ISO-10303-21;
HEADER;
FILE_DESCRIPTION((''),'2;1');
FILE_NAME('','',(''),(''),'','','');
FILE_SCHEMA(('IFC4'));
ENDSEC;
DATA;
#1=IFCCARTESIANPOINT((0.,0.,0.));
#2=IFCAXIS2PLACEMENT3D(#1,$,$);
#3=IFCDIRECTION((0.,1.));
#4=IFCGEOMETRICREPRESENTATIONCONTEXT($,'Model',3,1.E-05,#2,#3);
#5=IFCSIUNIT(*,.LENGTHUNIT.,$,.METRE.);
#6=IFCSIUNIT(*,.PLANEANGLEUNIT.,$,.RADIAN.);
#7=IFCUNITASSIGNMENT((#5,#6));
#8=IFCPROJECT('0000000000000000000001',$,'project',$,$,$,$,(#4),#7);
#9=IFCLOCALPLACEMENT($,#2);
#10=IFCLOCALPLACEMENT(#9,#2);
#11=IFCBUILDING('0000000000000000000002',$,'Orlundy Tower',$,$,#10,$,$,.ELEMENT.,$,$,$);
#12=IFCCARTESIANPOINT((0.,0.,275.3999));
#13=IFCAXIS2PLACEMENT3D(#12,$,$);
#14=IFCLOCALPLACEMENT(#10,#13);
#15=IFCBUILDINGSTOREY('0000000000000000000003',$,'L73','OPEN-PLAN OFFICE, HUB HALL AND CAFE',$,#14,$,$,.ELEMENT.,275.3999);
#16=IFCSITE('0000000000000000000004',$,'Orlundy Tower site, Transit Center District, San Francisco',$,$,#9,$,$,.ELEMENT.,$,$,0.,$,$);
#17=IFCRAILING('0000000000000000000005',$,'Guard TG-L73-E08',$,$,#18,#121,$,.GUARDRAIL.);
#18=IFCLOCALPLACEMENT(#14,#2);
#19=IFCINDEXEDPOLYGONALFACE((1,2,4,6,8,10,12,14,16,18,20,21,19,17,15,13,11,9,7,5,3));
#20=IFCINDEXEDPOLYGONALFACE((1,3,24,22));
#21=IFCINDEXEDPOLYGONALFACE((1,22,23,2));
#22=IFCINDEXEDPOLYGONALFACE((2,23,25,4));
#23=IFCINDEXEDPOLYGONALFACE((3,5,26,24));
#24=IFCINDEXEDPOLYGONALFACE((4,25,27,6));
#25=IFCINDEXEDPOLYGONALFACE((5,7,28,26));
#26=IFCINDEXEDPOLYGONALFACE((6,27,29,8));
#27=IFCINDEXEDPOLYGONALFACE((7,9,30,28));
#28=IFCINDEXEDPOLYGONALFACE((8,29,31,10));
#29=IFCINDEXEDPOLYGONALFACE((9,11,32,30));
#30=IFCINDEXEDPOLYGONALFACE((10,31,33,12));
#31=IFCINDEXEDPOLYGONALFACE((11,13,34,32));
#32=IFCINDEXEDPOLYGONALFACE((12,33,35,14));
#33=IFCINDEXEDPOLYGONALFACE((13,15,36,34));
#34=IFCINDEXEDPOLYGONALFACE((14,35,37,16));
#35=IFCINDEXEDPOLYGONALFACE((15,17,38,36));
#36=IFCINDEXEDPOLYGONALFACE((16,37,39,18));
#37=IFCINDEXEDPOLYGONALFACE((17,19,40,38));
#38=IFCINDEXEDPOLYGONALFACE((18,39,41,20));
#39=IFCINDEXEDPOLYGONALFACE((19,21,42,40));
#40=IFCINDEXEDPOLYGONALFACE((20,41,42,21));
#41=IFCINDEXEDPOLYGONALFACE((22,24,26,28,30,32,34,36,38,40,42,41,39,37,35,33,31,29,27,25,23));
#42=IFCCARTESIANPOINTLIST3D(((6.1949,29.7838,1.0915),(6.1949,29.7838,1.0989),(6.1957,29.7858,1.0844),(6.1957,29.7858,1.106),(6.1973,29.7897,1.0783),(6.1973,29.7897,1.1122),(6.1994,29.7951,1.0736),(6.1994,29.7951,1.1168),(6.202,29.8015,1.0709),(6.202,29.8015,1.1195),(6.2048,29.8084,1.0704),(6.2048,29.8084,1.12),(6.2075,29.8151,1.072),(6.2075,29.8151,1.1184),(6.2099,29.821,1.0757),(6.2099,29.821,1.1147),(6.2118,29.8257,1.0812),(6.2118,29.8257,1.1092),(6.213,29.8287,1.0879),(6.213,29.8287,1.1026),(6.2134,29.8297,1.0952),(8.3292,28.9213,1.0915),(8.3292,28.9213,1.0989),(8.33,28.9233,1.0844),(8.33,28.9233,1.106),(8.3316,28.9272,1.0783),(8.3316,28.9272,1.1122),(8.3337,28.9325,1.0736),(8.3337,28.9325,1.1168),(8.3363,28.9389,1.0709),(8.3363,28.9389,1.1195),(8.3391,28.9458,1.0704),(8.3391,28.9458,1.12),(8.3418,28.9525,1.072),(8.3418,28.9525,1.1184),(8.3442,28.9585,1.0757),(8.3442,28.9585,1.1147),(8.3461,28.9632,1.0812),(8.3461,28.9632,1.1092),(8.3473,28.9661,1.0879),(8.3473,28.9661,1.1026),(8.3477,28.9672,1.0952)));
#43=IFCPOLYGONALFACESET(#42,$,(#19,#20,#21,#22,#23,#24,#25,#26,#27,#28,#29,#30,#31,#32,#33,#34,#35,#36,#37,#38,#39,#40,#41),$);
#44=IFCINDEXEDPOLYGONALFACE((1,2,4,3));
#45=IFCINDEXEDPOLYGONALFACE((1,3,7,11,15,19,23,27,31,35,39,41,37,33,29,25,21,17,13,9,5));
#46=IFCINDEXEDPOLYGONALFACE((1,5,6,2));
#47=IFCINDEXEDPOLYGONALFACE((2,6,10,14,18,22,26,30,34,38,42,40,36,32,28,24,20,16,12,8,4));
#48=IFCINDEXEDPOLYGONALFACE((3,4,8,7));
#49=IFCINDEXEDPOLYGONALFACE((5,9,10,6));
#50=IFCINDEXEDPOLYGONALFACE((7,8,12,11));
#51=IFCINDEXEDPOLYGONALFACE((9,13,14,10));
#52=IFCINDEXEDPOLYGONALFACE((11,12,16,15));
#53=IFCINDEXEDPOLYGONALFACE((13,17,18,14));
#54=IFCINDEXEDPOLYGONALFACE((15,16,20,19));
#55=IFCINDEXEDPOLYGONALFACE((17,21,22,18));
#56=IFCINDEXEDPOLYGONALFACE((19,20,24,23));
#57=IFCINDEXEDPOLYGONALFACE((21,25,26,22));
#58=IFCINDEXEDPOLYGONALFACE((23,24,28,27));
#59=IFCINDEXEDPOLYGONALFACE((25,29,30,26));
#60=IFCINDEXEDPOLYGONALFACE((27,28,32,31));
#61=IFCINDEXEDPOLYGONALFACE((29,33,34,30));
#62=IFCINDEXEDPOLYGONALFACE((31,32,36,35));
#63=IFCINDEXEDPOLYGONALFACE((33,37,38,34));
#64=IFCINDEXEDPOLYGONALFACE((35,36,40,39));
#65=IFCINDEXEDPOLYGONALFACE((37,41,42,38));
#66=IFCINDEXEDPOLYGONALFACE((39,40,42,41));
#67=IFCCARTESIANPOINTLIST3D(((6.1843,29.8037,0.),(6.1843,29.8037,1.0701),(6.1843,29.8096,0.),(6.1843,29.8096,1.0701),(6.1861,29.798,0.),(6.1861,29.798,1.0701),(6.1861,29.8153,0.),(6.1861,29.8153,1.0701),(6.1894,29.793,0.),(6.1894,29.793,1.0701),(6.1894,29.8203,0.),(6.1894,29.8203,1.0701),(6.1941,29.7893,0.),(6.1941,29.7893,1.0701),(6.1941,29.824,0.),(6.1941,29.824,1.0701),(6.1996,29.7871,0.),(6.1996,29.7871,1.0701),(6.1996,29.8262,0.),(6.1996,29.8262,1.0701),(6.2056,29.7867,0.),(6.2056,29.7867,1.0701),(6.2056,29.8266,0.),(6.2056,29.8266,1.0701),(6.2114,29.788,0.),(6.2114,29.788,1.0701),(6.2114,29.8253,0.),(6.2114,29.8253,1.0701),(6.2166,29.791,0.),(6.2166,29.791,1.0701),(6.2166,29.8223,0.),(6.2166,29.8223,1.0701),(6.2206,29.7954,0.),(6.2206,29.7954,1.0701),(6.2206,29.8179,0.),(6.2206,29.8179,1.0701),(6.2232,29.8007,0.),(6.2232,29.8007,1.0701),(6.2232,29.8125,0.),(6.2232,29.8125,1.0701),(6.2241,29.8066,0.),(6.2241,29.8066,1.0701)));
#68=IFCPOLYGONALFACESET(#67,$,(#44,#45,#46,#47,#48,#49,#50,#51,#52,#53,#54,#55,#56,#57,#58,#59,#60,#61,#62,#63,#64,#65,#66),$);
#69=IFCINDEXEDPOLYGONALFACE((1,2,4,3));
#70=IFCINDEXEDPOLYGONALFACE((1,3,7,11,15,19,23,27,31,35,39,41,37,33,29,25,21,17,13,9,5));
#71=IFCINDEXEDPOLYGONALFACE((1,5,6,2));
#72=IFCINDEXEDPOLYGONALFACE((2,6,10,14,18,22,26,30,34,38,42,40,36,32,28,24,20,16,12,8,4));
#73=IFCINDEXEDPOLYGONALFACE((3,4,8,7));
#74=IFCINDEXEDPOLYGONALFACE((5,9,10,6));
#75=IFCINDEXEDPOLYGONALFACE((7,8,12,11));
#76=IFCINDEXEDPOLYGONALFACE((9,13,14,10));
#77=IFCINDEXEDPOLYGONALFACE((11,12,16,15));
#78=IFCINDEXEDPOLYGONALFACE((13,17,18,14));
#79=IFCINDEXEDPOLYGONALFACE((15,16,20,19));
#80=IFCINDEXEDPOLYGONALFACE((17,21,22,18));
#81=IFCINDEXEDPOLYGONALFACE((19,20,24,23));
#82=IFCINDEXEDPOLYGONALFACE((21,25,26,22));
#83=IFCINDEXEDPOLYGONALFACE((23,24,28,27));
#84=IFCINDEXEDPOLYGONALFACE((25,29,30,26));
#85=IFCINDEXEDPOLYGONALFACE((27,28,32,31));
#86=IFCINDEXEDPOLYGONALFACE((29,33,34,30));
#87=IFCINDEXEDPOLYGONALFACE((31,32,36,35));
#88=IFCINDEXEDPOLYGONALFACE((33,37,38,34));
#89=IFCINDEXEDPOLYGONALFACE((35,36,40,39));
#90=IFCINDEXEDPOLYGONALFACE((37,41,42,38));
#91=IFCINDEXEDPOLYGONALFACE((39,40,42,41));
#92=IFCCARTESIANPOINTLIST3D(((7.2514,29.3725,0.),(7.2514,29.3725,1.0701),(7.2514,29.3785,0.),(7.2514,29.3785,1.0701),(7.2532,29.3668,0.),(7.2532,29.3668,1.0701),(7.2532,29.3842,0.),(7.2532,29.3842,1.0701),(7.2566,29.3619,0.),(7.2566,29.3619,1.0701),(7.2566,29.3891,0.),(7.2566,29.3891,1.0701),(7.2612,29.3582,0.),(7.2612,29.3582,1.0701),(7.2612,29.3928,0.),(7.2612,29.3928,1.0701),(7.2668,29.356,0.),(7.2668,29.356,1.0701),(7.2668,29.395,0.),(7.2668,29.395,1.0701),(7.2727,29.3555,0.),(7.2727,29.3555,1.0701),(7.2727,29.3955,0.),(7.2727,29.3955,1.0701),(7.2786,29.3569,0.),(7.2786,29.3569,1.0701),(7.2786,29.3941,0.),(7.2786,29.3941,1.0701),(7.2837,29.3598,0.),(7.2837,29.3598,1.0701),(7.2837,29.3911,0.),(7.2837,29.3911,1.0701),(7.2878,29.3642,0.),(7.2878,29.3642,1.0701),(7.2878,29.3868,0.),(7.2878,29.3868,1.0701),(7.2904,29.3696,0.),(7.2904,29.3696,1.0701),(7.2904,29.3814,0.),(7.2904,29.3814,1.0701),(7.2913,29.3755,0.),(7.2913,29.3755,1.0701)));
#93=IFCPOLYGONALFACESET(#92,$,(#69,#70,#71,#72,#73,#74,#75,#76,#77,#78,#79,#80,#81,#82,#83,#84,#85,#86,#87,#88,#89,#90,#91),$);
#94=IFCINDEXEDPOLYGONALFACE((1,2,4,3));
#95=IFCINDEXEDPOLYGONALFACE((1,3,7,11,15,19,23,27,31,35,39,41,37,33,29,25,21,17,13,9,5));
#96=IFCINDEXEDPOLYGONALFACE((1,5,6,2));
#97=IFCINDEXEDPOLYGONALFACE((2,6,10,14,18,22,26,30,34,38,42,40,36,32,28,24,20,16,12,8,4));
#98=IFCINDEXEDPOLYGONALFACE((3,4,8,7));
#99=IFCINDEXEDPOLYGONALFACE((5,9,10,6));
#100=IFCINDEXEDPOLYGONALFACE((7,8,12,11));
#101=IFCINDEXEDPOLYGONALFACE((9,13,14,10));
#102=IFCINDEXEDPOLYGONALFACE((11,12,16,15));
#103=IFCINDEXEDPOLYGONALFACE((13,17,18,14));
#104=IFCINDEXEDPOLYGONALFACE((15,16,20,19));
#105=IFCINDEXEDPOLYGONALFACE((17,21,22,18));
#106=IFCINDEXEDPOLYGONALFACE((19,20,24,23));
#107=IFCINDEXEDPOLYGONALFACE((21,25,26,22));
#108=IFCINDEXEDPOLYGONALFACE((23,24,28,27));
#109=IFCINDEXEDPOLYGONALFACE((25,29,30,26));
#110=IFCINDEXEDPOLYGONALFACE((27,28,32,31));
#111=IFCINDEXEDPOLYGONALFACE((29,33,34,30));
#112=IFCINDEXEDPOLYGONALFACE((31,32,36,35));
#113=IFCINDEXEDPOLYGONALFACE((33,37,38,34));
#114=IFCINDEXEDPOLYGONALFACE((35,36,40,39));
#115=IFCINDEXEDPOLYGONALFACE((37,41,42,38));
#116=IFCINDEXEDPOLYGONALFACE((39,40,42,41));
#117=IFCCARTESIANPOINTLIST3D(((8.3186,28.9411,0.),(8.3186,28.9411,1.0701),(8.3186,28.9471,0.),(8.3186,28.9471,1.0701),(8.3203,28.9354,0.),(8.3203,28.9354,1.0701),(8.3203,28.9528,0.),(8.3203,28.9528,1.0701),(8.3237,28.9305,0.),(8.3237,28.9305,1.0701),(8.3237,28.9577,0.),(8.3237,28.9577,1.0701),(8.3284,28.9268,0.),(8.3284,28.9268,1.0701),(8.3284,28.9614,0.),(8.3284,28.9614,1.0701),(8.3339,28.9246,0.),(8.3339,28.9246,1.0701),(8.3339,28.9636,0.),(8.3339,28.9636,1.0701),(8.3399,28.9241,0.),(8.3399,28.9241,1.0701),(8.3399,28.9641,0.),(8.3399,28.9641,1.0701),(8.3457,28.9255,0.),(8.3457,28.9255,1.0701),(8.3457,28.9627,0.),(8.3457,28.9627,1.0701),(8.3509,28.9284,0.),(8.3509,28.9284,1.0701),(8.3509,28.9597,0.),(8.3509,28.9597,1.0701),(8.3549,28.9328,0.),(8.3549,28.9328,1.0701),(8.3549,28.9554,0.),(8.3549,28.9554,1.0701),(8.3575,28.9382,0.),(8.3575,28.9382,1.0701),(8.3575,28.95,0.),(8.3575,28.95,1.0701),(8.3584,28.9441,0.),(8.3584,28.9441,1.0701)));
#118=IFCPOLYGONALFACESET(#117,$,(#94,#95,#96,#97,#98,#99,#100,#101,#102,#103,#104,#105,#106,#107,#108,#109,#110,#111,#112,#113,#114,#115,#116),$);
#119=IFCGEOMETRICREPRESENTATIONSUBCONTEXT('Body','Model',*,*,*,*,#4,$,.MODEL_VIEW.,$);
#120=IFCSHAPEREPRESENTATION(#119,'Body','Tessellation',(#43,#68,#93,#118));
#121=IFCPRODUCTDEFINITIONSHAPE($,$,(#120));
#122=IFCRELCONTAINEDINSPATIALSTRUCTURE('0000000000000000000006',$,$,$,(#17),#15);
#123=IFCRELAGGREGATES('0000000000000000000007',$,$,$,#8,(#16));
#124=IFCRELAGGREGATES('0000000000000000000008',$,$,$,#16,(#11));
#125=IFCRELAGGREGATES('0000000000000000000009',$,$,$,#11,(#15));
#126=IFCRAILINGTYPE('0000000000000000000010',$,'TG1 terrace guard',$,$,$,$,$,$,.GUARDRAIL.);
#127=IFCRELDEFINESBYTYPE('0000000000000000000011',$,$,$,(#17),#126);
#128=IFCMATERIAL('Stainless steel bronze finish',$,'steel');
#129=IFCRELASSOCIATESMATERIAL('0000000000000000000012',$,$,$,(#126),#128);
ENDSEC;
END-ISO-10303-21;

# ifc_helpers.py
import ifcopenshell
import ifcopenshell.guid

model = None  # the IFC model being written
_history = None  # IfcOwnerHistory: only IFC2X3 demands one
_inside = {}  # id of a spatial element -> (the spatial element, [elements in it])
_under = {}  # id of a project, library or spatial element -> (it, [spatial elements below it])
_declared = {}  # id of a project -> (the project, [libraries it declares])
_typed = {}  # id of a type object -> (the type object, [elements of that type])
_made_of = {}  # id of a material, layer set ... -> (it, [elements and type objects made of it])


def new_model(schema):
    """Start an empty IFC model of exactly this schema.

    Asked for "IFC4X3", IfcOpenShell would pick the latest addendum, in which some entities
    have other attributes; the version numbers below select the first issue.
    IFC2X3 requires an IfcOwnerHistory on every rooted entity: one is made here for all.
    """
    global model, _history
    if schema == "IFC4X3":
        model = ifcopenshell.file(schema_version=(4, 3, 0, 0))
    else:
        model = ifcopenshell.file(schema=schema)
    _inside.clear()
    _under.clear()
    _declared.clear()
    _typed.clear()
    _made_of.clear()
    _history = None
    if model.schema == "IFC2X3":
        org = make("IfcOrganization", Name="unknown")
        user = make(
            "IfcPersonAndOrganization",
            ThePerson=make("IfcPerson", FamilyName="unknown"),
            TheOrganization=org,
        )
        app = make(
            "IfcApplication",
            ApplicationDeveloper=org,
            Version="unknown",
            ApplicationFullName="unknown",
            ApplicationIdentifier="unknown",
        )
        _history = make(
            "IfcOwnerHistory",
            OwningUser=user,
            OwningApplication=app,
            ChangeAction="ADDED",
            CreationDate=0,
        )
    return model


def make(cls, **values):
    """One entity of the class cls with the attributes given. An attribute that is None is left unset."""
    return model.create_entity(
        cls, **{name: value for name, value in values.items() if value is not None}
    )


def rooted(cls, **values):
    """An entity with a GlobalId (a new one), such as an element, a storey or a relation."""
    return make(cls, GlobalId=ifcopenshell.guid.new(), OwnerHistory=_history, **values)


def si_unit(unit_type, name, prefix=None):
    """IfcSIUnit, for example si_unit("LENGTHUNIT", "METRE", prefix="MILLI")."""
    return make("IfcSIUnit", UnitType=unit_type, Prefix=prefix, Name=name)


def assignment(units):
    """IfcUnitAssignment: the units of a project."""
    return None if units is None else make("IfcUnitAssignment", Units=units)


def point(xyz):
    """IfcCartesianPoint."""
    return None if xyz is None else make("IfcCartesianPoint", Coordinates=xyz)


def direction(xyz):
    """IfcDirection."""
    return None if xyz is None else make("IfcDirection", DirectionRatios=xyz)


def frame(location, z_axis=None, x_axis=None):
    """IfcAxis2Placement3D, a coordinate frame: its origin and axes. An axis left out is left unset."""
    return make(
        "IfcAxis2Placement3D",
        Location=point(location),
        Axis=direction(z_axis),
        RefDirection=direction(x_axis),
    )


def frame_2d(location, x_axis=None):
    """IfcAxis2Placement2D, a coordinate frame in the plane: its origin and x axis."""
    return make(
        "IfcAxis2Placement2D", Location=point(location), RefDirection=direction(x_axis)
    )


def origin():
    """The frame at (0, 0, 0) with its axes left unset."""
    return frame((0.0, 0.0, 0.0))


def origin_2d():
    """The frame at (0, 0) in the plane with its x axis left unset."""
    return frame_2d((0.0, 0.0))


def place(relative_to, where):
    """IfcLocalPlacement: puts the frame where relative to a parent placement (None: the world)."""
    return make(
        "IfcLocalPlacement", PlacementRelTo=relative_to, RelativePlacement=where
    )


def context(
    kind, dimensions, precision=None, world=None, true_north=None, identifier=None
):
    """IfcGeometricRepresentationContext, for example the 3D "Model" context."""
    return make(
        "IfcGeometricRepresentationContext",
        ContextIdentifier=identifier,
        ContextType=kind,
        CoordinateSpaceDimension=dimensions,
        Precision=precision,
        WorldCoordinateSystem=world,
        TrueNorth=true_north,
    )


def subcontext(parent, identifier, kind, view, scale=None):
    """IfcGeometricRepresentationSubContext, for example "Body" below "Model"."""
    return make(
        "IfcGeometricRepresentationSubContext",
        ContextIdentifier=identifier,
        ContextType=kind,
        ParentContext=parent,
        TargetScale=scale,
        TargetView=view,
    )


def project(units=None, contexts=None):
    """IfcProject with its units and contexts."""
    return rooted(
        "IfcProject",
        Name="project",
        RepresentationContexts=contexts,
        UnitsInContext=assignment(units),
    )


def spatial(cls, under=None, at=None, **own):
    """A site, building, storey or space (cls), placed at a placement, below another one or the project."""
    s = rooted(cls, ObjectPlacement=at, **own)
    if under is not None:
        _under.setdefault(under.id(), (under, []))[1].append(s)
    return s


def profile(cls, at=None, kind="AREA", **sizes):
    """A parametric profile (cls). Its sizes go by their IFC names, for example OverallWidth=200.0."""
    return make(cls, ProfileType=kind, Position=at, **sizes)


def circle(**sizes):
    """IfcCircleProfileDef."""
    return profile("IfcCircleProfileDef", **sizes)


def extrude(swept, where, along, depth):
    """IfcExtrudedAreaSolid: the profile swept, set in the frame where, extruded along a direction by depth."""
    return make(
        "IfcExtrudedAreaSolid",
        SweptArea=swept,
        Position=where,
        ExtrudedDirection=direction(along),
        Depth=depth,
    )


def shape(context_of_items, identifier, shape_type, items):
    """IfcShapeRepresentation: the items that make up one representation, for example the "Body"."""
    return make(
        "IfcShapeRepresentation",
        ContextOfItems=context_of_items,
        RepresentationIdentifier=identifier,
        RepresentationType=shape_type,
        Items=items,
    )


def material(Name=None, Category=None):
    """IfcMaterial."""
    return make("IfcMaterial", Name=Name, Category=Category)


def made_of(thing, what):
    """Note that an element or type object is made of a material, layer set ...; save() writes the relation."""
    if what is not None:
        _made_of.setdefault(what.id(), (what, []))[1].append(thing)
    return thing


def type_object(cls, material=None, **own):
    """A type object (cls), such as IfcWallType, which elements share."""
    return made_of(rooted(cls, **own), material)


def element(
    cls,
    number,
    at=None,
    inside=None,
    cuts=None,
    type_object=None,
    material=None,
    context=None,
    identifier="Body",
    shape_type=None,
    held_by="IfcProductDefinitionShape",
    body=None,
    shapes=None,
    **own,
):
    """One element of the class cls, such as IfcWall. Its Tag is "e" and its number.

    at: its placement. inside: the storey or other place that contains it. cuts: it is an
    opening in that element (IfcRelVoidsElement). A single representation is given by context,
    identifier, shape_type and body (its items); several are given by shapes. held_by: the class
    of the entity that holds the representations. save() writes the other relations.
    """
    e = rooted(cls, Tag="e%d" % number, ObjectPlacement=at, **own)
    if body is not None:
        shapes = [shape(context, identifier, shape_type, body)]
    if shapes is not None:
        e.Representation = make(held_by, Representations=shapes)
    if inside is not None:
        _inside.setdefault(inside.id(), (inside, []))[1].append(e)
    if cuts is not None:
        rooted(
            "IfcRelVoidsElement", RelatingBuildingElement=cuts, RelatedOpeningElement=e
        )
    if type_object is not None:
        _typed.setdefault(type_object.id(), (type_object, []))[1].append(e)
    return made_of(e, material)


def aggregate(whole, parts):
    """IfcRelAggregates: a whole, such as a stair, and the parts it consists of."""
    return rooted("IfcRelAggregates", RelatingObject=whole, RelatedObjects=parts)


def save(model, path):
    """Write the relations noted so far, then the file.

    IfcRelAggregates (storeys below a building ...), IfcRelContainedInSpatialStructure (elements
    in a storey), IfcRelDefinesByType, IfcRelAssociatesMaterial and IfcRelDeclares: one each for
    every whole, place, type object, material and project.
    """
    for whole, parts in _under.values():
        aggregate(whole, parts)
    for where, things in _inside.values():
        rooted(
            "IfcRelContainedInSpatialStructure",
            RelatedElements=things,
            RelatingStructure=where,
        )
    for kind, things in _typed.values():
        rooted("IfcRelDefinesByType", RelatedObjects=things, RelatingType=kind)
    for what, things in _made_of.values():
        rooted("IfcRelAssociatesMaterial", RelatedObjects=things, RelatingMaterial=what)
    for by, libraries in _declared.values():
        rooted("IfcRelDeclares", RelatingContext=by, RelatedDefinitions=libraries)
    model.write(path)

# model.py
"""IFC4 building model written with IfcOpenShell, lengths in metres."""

from ifc_helpers import new_model, si_unit, direction, frame, origin, origin_2d, place, context, subcontext, project, spatial, circle, extrude, material, type_object, element, save


model = new_model("IFC4")

# Units and contexts
model_context = context("Model", 3, precision=1e-05, world=origin(), true_north=direction((0.0, 1.0)))
body_context = subcontext(model_context, "Body", "Model", "MODEL_VIEW")
ifc_project = project(units=[si_unit("LENGTHUNIT", "METRE"), si_unit("PLANEANGLEUNIT", "RADIAN")], contexts=[model_context])

# Site, building, storey
site_placement = place(None, origin())
site = spatial("IfcSite", under=ifc_project, at=site_placement, Name="Orlundy Tower site, Transit Center District, San Francisco", CompositionType="ELEMENT", RefElevation=0.0)
building_placement = place(site_placement, origin())
building = spatial("IfcBuilding", under=site, at=building_placement, Name="Orlundy Tower", CompositionType="ELEMENT")
storey_placement = place(building_placement, frame((0.0, 0.0, 275.3999)))
storey = spatial("IfcBuildingStorey", under=building, at=storey_placement, Name="L73", Description="OPEN-PLAN OFFICE, HUB HALL AND CAFE", CompositionType="ELEMENT", Elevation=275.3999)

# Railing
ifc_material_1 = material(Name="Stainless steel bronze finish", Category="steel")
railing_type = type_object("IfcRailingType", Name="TG1 terrace guard", PredefinedType="GUARDRAIL", material=ifc_material_1)
railing_placement = place(storey_placement, frame((6.2041, 29.8066, 0.0)))
element("IfcRailing", 1, at=railing_placement, inside=storey, type_object=railing_type, Name="Guard TG-L73-E08", PredefinedType="GUARDRAIL", context=body_context, shape_type="SweptSolid", body=[
    extrude(circle(Radius=0.0249, at=origin_2d()), frame((0.0, 0.0, 1.0952), z_axis=(0.927147, -0.374698, 0.0), x_axis=(0.374698, 0.927147, 0.0)), (0.0, 0.0, 1.0), 2.302),
    extrude(circle(Radius=0.02, at=origin_2d()), origin(), (0.0, 0.0, 1.0), 1.0701),
    extrude(circle(Radius=0.02, at=origin_2d()), frame((1.0671, -0.4312, 0.0)), (0.0, 0.0, 1.0), 1.0701),
    extrude(circle(Radius=0.02, at=origin_2d()), frame((2.1343, -0.8625, 0.0)), (0.0, 0.0, 1.0), 1.0701),
])

save(model, "model.ifc")
